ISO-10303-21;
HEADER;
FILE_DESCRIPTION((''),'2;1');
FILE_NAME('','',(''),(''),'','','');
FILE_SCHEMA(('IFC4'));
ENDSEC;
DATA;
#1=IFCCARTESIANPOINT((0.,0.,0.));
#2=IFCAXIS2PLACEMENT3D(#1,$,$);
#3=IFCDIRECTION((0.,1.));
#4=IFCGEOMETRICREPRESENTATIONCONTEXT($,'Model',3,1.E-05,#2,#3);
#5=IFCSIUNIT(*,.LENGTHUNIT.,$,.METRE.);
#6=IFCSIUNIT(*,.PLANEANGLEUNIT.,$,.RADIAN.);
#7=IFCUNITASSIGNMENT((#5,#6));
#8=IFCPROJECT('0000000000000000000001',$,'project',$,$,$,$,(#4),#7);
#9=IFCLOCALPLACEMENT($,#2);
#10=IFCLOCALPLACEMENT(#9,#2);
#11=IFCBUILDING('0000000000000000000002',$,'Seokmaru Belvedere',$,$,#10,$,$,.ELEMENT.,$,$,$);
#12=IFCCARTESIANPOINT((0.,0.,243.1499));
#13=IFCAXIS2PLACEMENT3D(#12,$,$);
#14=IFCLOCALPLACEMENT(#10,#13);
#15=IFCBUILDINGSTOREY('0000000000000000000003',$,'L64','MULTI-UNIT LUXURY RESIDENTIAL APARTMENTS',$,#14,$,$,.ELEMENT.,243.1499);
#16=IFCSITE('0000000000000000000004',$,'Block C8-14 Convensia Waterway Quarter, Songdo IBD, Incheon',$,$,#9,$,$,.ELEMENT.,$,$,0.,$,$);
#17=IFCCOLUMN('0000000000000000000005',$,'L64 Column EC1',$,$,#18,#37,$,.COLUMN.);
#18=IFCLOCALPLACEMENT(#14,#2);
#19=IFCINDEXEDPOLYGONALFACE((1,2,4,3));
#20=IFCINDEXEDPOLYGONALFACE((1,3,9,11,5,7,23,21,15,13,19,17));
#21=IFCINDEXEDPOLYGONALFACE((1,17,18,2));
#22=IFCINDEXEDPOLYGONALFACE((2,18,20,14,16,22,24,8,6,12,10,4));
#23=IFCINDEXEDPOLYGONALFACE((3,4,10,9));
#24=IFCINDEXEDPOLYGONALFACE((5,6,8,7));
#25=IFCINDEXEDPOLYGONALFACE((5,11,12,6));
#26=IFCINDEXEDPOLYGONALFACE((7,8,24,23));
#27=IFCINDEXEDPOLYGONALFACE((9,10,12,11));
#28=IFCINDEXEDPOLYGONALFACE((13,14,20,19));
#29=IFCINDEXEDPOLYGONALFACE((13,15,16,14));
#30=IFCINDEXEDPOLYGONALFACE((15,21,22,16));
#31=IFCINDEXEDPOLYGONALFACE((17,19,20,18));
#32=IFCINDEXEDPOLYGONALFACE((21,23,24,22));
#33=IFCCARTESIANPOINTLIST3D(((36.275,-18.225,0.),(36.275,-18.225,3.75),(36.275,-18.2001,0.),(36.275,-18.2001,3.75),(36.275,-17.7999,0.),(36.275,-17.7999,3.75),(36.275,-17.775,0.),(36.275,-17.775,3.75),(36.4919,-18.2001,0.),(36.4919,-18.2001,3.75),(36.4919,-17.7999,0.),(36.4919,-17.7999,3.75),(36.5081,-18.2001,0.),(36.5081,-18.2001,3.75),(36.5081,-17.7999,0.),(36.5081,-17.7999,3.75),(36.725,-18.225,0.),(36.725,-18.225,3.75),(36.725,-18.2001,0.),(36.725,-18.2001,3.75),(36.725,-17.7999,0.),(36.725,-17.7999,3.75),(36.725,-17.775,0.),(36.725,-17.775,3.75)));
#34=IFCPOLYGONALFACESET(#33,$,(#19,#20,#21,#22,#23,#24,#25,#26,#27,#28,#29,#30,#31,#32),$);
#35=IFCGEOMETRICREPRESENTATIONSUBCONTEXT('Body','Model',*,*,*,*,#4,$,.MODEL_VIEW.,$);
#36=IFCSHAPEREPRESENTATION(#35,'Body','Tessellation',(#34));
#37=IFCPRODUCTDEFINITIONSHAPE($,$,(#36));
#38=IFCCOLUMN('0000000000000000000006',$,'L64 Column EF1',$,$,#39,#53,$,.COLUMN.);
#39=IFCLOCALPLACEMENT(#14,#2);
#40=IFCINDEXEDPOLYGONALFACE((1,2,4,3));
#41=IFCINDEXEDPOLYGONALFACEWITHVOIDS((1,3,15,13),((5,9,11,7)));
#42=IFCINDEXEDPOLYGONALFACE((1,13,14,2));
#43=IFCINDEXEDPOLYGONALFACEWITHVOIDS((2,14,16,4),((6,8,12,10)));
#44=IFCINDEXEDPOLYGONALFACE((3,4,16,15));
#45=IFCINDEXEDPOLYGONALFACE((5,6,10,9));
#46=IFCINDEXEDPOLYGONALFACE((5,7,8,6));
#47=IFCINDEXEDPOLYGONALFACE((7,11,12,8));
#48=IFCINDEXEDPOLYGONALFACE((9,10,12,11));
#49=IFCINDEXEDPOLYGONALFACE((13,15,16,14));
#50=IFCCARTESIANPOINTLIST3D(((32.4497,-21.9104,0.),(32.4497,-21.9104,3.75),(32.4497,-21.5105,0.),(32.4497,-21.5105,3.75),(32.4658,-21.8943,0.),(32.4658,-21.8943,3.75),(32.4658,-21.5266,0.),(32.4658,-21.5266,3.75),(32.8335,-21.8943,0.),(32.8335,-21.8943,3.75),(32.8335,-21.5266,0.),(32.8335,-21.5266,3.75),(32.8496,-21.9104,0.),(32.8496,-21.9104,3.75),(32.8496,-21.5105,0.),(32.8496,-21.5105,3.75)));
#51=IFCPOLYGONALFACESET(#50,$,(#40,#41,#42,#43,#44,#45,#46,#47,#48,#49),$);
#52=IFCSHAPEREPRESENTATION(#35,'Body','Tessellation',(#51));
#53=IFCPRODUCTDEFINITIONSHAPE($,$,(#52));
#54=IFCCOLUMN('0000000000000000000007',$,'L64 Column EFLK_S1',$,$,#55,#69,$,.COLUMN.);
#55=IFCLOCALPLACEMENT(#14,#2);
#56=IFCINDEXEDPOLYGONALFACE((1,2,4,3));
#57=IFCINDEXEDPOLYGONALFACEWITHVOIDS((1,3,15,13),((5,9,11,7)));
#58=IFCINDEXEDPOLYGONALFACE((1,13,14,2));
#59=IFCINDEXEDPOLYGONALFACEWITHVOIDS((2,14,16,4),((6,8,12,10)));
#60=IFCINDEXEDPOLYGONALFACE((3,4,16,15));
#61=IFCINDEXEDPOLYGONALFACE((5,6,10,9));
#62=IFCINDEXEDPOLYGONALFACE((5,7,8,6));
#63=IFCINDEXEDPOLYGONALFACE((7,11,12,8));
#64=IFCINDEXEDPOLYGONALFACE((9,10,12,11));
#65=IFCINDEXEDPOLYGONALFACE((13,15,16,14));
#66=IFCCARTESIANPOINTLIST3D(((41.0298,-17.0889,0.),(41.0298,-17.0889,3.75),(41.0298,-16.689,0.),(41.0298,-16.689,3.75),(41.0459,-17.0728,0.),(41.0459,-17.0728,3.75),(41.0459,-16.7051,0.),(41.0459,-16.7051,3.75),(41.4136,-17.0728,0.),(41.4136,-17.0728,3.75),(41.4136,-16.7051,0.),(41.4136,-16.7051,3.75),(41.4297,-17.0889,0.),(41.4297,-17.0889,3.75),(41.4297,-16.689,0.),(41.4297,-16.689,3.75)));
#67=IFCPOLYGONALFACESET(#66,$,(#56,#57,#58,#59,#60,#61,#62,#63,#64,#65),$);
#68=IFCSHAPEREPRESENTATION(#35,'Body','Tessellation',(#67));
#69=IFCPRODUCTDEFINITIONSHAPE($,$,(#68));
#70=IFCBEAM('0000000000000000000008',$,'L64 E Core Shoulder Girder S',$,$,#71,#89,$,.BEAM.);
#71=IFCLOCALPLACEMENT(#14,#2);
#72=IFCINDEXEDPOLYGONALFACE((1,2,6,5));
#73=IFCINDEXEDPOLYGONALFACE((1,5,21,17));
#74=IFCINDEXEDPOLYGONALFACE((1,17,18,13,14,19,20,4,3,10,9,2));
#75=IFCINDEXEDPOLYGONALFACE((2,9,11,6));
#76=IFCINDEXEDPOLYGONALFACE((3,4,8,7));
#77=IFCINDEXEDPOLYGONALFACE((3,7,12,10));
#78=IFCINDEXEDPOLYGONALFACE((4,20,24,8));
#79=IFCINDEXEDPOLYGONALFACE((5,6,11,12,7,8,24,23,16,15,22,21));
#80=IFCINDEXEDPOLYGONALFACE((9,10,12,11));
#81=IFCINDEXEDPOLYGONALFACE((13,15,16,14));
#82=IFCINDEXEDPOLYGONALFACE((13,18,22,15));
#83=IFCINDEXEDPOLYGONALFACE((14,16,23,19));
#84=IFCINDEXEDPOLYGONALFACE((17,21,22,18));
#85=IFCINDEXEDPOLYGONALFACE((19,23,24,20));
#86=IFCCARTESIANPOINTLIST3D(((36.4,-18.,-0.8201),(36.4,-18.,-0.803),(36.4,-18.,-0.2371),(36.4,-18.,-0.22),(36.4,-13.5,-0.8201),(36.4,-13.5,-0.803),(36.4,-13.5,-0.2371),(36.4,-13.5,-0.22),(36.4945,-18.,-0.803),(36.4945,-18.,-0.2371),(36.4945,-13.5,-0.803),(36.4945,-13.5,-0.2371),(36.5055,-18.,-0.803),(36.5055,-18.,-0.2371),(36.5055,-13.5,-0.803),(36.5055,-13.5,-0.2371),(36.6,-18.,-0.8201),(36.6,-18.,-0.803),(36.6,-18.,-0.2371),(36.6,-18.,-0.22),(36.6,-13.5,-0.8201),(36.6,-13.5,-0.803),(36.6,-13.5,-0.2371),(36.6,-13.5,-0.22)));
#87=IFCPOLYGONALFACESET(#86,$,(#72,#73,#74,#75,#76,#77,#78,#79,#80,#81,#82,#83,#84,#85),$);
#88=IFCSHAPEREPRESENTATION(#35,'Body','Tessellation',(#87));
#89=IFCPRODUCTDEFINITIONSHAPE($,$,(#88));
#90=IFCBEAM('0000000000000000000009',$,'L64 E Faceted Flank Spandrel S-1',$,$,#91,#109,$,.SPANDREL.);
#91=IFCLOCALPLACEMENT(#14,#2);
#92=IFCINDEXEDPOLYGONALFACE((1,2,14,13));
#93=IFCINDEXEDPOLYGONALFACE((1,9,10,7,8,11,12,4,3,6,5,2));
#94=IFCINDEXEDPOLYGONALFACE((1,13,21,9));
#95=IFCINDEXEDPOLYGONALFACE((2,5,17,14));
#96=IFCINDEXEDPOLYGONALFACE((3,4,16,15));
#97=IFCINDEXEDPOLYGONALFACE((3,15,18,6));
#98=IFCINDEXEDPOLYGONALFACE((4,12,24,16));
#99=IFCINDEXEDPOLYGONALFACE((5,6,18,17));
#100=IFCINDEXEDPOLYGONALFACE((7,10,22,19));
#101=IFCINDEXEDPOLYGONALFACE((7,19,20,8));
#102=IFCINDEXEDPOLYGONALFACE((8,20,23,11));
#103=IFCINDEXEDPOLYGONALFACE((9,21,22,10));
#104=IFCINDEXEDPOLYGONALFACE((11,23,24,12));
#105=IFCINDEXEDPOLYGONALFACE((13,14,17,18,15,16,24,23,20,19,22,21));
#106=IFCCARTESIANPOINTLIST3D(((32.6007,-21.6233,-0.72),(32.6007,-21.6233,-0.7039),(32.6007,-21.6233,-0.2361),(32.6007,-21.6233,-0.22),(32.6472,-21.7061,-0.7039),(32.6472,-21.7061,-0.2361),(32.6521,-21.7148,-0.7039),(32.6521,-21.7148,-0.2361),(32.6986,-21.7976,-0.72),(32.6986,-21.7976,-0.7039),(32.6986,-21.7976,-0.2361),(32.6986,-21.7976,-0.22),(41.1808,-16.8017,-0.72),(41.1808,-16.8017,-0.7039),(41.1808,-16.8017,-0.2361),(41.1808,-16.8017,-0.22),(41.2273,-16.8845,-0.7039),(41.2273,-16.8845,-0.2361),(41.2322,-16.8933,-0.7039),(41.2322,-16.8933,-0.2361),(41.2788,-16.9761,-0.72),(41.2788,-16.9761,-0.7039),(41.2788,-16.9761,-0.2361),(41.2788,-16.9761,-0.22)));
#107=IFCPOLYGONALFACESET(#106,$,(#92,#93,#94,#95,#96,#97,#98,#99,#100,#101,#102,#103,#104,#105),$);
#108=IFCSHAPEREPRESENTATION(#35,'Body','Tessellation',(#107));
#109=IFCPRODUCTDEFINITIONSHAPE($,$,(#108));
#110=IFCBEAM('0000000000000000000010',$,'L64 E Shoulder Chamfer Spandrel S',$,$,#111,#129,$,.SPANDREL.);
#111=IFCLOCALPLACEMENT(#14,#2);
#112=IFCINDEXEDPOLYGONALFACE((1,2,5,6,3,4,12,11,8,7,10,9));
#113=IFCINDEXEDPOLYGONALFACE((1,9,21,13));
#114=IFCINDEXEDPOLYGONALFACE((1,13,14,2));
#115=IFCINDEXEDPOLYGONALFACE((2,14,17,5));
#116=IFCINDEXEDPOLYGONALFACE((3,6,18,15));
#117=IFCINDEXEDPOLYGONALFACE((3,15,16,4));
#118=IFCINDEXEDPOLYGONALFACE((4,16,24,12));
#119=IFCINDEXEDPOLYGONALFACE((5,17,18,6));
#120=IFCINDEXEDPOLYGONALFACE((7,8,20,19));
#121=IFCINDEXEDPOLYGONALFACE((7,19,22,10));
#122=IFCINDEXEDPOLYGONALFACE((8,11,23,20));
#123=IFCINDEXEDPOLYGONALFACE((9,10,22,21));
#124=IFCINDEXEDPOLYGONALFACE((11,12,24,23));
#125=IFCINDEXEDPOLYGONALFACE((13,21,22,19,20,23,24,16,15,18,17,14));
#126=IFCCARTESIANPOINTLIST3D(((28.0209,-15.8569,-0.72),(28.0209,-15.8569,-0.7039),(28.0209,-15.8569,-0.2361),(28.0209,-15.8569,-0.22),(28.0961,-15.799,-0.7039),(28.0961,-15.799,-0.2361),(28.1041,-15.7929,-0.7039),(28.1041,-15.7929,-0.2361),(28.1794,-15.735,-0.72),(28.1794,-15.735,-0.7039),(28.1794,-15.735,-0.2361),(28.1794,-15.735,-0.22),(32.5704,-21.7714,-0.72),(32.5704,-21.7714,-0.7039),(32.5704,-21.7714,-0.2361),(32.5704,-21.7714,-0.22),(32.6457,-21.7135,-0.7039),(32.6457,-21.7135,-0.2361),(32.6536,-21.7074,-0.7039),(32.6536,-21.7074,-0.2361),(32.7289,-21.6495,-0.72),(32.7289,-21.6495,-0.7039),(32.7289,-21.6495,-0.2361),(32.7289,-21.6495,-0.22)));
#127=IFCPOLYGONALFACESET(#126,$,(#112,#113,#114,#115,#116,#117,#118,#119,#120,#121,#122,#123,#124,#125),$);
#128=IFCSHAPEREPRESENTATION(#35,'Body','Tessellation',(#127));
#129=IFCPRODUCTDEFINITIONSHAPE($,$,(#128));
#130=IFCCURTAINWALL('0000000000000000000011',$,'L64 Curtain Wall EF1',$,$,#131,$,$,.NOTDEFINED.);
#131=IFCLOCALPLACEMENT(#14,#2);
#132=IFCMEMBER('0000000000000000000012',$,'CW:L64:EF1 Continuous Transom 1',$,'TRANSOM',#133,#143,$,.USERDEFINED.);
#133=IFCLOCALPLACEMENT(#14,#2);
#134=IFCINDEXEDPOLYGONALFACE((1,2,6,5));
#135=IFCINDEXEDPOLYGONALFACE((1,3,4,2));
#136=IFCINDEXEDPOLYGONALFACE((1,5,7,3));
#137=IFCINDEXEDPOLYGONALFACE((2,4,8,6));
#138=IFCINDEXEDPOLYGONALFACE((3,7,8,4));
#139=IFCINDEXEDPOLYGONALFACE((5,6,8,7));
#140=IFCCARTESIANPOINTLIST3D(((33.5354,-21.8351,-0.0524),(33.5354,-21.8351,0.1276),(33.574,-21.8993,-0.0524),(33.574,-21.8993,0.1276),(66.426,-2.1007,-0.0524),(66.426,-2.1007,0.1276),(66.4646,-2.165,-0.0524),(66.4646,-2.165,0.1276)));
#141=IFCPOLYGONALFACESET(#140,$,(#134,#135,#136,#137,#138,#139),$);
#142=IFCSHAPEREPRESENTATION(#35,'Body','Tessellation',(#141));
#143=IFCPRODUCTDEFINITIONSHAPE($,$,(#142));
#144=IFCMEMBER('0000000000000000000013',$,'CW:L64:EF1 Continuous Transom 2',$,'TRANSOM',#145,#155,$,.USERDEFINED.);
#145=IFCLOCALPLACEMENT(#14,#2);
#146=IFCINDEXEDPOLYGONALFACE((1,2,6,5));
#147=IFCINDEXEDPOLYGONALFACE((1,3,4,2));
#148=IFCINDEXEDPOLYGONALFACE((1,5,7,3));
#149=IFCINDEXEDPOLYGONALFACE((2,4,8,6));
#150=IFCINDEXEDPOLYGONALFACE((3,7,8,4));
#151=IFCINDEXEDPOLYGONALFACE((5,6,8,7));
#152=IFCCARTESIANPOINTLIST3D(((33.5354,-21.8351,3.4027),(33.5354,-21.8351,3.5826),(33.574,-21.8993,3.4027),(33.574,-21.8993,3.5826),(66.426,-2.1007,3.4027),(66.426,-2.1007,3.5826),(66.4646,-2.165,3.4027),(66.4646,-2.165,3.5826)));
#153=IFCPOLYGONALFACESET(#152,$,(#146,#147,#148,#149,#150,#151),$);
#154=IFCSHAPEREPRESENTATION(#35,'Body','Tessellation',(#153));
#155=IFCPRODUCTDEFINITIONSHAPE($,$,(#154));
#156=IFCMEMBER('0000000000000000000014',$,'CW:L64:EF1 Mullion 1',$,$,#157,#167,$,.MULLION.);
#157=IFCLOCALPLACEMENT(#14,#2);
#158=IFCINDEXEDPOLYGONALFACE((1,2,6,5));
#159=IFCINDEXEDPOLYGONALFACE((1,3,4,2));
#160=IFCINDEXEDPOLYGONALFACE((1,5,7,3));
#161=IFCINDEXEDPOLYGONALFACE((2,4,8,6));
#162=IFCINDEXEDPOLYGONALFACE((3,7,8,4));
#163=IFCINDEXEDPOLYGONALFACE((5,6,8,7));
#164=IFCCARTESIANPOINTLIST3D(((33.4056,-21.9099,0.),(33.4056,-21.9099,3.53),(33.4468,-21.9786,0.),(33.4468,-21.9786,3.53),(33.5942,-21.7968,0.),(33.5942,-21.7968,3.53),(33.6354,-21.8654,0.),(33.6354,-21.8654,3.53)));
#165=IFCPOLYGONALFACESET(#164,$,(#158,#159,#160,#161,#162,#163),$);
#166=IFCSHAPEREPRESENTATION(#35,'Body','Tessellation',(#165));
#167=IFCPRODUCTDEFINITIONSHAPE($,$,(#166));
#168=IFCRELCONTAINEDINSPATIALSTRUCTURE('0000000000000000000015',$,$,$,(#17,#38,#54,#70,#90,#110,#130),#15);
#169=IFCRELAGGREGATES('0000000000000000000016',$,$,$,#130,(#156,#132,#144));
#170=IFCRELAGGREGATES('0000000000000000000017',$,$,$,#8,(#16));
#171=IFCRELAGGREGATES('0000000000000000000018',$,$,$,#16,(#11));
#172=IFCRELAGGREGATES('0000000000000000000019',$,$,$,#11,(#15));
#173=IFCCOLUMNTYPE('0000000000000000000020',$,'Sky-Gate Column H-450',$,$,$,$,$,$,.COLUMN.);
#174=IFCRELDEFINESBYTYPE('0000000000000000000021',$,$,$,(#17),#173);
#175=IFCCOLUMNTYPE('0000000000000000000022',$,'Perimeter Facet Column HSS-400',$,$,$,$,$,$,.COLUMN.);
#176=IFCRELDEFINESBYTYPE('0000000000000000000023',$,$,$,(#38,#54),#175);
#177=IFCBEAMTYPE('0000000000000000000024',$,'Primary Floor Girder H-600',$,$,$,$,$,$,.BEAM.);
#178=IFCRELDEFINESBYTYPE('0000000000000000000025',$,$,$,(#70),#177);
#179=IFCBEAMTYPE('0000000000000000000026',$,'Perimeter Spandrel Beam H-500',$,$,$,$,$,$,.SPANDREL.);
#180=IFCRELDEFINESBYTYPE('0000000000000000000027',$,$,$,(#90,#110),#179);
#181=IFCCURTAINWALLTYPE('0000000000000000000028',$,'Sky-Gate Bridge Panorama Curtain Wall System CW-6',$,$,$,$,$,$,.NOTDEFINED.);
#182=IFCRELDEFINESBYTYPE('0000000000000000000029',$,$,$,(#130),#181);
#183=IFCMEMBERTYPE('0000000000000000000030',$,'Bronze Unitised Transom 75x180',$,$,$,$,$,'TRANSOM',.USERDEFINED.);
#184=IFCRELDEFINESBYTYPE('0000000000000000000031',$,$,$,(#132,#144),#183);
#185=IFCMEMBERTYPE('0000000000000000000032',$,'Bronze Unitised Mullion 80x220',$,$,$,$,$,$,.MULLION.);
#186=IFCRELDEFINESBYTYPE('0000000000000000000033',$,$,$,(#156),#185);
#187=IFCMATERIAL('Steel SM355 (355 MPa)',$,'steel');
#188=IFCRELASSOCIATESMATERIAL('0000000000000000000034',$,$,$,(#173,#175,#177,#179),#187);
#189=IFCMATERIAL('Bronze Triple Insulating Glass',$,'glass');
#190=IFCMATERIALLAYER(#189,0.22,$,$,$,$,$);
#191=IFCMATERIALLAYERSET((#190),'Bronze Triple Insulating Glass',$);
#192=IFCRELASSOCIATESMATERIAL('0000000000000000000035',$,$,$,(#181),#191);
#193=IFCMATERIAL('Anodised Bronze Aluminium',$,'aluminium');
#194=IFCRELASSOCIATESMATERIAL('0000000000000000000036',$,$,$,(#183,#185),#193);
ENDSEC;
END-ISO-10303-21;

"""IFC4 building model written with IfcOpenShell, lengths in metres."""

from ifc_helpers import new_model, si_unit, direction, frame, origin, origin_2d, place, context, subcontext, project, spatial, rectangle, hollow_rectangle, i_section, extrude, source, transform, mapped, material, layer, layer_set, material_profile, profile_set, type_object, type_shapes, element, aggregate, save


model = new_model("IFC4")

# Units and contexts
model_context = context("Model", 3, precision=1e-05, world=origin(), true_north=direction((0.0, 1.0)))
body_context = subcontext(model_context, "Body", "Model", "MODEL_VIEW")
ifc_project = project(units=[si_unit("LENGTHUNIT", "METRE"), si_unit("PLANEANGLEUNIT", "RADIAN")], contexts=[model_context])

# Site, building, storey
site_placement = place(None, origin())
site = spatial("IfcSite", under=ifc_project, at=site_placement, Name="Block C8-14 Convensia Waterway Quarter, Songdo IBD, Incheon", CompositionType="ELEMENT", RefElevation=0.0)
building_placement = place(site_placement, origin())
building = spatial("IfcBuilding", under=site, at=building_placement, Name="Seokmaru Belvedere", CompositionType="ELEMENT")
storey_placement = place(building_placement, frame((0.0, 0.0, 243.1499)))
storey = spatial("IfcBuildingStorey", under=building, at=storey_placement, Name="L64", Description="MULTI-UNIT LUXURY RESIDENTIAL APARTMENTS", CompositionType="ELEMENT", Elevation=243.1499)

# Columns
ifc_material_1 = material(Name="Steel SM355 (355 MPa)", Category="steel")
ifc_material_profile_1 = material_profile(ifc_material_1, i_section(OverallWidth=0.45, OverallDepth=0.45, WebThickness=0.0161, FlangeThickness=0.0249, at=origin_2d()), Name="H-450x450x16x25")
ifc_profile_set_1 = profile_set([ifc_material_profile_1], Name="Steel SM355 (355 MPa)")
column_type_1 = type_object("IfcColumnType", Name="Sky-Gate Column H-450", PredefinedType="COLUMN", material=ifc_profile_set_1)
shared_shape_1 = source(origin(), body_context, "Body", "SweptSolid", [
    extrude(i_section(OverallWidth=0.45, OverallDepth=0.45, WebThickness=0.0161, FlangeThickness=0.0249, at=origin_2d()), origin(), (0.0, 0.0, 1.0), 3.75),
])
type_shapes(column_type_1, [shared_shape_1])
column_placement = place(storey_placement, frame((36.5, -18.0, 0.0), z_axis=(0.0, 0.0, 1.0), x_axis=(1.0, 0.0, 0.0)))
element("IfcColumn", 1, at=column_placement, inside=storey, type_object=column_type_1, Name="L64 Column EC1", PredefinedType="COLUMN", context=body_context, shape_type="MappedRepresentation", body=[
    mapped(shared_shape_1, transform((0.0, 0.0, 0.0), scale=1.0)),
])
ifc_material_profile_2 = material_profile(ifc_material_1, hollow_rectangle(XDim=0.3999, YDim=0.3999, WallThickness=0.0161, at=origin_2d()), Name="HSS-400x400x16")
ifc_profile_set_2 = profile_set([ifc_material_profile_2], Name="Steel SM355 (355 MPa)")
column_type_2 = type_object("IfcColumnType", Name="Perimeter Facet Column HSS-400", PredefinedType="COLUMN", material=ifc_profile_set_2)
shared_shape_2 = source(origin(), body_context, "Body", "SweptSolid", [
    extrude(hollow_rectangle(XDim=0.3999, YDim=0.3999, WallThickness=0.0161, at=origin_2d()), origin(), (0.0, 0.0, 1.0), 3.75),
])
type_shapes(column_type_2, [shared_shape_2])
for number, where, z_axis, x_axis, name in (
    (2, (32.6497, -21.7104, 0.0), (0.0, 0.0, 1.0), (1.0, 0.0, 0.0), "L64 Column EF1"),
    (3, (41.2297, -16.8889, 0.0), (0.0, 0.0, 1.0), (1.0, 0.0, 0.0), "L64 Column EFLK_S1"),
):
    element("IfcColumn", number, at=place(storey_placement, frame(where, z_axis=z_axis, x_axis=x_axis)), inside=storey, type_object=column_type_2, Name=name, PredefinedType="COLUMN", context=body_context, shape_type="MappedRepresentation", body=[
        mapped(shared_shape_2, transform((0.0, 0.0, 0.0), scale=1.0)),
    ])

# Beams
ifc_material_profile_3 = material_profile(ifc_material_1, i_section(OverallWidth=0.2, OverallDepth=0.6001, WebThickness=0.011, FlangeThickness=0.0171, at=origin_2d()), Name="H-600x200x11x17")
ifc_profile_set_3 = profile_set([ifc_material_profile_3], Name="Steel SM355 (355 MPa)")
beam_type_1 = type_object("IfcBeamType", Name="Primary Floor Girder H-600", PredefinedType="BEAM", material=ifc_profile_set_3)
shared_shape_3 = source(origin(), body_context, "Body", "SweptSolid", [
    extrude(i_section(OverallWidth=0.2, OverallDepth=0.6001, WebThickness=0.011, FlangeThickness=0.0171, at=origin_2d()), origin(), (0.0, 0.0, 1.0), 4.5),
])
type_shapes(beam_type_1, [shared_shape_3])
beam_1_placement = place(storey_placement, frame((36.5, -18.0, -0.52), z_axis=(0.0, 1.0, 0.0), x_axis=(-1.0, 0.0, 0.0)))
element("IfcBeam", 4, at=beam_1_placement, inside=storey, type_object=beam_type_1, Name="L64 E Core Shoulder Girder S", PredefinedType="BEAM", context=body_context, shape_type="MappedRepresentation", body=[
    mapped(shared_shape_3, transform((0.0, 0.0, 0.0), scale=1.0)),
])
ifc_material_profile_4 = material_profile(ifc_material_1, i_section(OverallWidth=0.2, OverallDepth=0.5, WebThickness=0.01, FlangeThickness=0.0161, at=origin_2d()), Name="H-500x200x10x16")
ifc_profile_set_4 = profile_set([ifc_material_profile_4], Name="Steel SM355 (355 MPa)")
beam_type_2 = type_object("IfcBeamType", Name="Perimeter Spandrel Beam H-500", PredefinedType="SPANDREL", material=ifc_profile_set_4)
shared_shape_4 = source(origin(), body_context, "Body", "SweptSolid", [
    extrude(i_section(OverallWidth=0.2, OverallDepth=0.5, WebThickness=0.01, FlangeThickness=0.0161, at=origin_2d()), origin(), (0.0, 0.0, 1.0), 9.842),
])
beam_2_placement = place(storey_placement, frame((32.6497, -21.7104, -0.47), z_axis=(0.871782, 0.489894, 0.0), x_axis=(-0.489894, 0.871782, 0.0)))
element("IfcBeam", 5, at=beam_2_placement, inside=storey, type_object=beam_type_2, Name="L64 E Faceted Flank Spandrel S-1", PredefinedType="SPANDREL", context=body_context, shape_type="MappedRepresentation", body=[
    mapped(shared_shape_4, transform((0.0, 0.0, 0.0), scale=1.0)),
])
shared_shape_5 = source(origin(), body_context, "Body", "SweptSolid", [
    extrude(i_section(OverallWidth=0.2, OverallDepth=0.5, WebThickness=0.01, FlangeThickness=0.0161, at=origin_2d()), origin(), (0.0, 0.0, 1.0), 7.4619),
])
type_shapes(beam_type_2, [shared_shape_4, shared_shape_5])
beam_3_placement = place(storey_placement, frame((32.6497, -21.7104, -0.47), z_axis=(-0.609703, 0.79263, 0.0), x_axis=(-0.79263, -0.609703, 0.0)))
element("IfcBeam", 6, at=beam_3_placement, inside=storey, type_object=beam_type_2, Name="L64 E Shoulder Chamfer Spandrel S", PredefinedType="SPANDREL", context=body_context, shape_type="MappedRepresentation", body=[
    mapped(shared_shape_5, transform((0.0, 0.0, 0.0), scale=1.0)),
])

# Curtain wall, members
ifc_material_2 = material(Name="Bronze Triple Insulating Glass", Category="glass")
ifc_layer_1 = layer(ifc_material_2, 0.22)
ifc_layer_set_1 = layer_set([ifc_layer_1], Name="Bronze Triple Insulating Glass")
curtain_wall_type = type_object("IfcCurtainWallType", Name="Sky-Gate Bridge Panorama Curtain Wall System CW-6", PredefinedType="NOTDEFINED", material=ifc_layer_set_1)
curtain_wall_1_placement = place(storey_placement, origin())
curtain_wall_1 = element("IfcCurtainWall", 7, at=curtain_wall_1_placement, inside=storey, type_object=curtain_wall_type, Name="L64 Curtain Wall EF1", PredefinedType="NOTDEFINED")
ifc_material_3 = material(Name="Anodised Bronze Aluminium", Category="aluminium")
ifc_material_profile_5 = material_profile(ifc_material_3, rectangle(XDim=0.075, YDim=0.1799, at=origin_2d()), Name="CW-T-75x180")
ifc_profile_set_5 = profile_set([ifc_material_profile_5], Name="Anodised Bronze Aluminium")
member_type_1 = type_object("IfcMemberType", Name="Bronze Unitised Transom 75x180", ElementType="TRANSOM", PredefinedType="USERDEFINED", material=ifc_profile_set_5)
shared_shape_6 = source(origin(), body_context, "Body", "SweptSolid", [
    extrude(rectangle(XDim=0.075, YDim=0.1799, at=origin_2d()), origin(), (0.0, 0.0, 1.0), 38.3567),
])
type_shapes(member_type_1, [shared_shape_6])
member_1_placement = place(storey_placement, frame((33.5547, -21.8672, 0.0376), z_axis=(0.857493, 0.514496, 0.0), x_axis=(-0.514496, 0.857493, 0.0)))
member_1 = element("IfcMember", 8, at=member_1_placement, type_object=member_type_1, Name="CW:L64:EF1 Continuous Transom 1", ObjectType="TRANSOM", PredefinedType="USERDEFINED", context=body_context, shape_type="MappedRepresentation", body=[
    mapped(shared_shape_6, transform((0.0, 0.0, 0.0), scale=1.0)),
])
member_2_placement = place(storey_placement, frame((33.5547, -21.8672, 3.4927), z_axis=(0.857493, 0.514496, 0.0), x_axis=(-0.514496, 0.857493, 0.0)))
member_2 = element("IfcMember", 9, at=member_2_placement, type_object=member_type_1, Name="CW:L64:EF1 Continuous Transom 2", ObjectType="TRANSOM", PredefinedType="USERDEFINED", context=body_context, shape_type="MappedRepresentation", body=[
    mapped(shared_shape_6, transform((0.0, 0.0, 0.0), scale=1.0)),
])
ifc_material_profile_6 = material_profile(ifc_material_3, rectangle(XDim=0.0801, YDim=0.22, at=origin_2d()), Name="CW-M-80x220")
ifc_profile_set_6 = profile_set([ifc_material_profile_6], Name="Anodised Bronze Aluminium")
member_type_2 = type_object("IfcMemberType", Name="Bronze Unitised Mullion 80x220", PredefinedType="MULLION", material=ifc_profile_set_6)
shared_shape_7 = source(origin(), body_context, "Body", "SweptSolid", [
    extrude(rectangle(XDim=0.0801, YDim=0.22, at=origin_2d()), origin(), (0.0, 0.0, 1.0), 3.53),
])
member_3_placement = place(storey_placement, frame((33.5205, -21.8877, 0.0), z_axis=(0.0, 0.0, 1.0), x_axis=(-0.514495, 0.857493, 0.0)))
member_3 = element("IfcMember", 10, at=member_3_placement, type_object=member_type_2, Name="CW:L64:EF1 Mullion 1", PredefinedType="MULLION", context=body_context, shape_type="MappedRepresentation", body=[
    mapped(shared_shape_7, transform((0.0, 0.0, 0.0), scale=1.0)),
])

aggregate(curtain_wall_1, [member_3, member_1, member_2])

save(model, "model.ifc")
